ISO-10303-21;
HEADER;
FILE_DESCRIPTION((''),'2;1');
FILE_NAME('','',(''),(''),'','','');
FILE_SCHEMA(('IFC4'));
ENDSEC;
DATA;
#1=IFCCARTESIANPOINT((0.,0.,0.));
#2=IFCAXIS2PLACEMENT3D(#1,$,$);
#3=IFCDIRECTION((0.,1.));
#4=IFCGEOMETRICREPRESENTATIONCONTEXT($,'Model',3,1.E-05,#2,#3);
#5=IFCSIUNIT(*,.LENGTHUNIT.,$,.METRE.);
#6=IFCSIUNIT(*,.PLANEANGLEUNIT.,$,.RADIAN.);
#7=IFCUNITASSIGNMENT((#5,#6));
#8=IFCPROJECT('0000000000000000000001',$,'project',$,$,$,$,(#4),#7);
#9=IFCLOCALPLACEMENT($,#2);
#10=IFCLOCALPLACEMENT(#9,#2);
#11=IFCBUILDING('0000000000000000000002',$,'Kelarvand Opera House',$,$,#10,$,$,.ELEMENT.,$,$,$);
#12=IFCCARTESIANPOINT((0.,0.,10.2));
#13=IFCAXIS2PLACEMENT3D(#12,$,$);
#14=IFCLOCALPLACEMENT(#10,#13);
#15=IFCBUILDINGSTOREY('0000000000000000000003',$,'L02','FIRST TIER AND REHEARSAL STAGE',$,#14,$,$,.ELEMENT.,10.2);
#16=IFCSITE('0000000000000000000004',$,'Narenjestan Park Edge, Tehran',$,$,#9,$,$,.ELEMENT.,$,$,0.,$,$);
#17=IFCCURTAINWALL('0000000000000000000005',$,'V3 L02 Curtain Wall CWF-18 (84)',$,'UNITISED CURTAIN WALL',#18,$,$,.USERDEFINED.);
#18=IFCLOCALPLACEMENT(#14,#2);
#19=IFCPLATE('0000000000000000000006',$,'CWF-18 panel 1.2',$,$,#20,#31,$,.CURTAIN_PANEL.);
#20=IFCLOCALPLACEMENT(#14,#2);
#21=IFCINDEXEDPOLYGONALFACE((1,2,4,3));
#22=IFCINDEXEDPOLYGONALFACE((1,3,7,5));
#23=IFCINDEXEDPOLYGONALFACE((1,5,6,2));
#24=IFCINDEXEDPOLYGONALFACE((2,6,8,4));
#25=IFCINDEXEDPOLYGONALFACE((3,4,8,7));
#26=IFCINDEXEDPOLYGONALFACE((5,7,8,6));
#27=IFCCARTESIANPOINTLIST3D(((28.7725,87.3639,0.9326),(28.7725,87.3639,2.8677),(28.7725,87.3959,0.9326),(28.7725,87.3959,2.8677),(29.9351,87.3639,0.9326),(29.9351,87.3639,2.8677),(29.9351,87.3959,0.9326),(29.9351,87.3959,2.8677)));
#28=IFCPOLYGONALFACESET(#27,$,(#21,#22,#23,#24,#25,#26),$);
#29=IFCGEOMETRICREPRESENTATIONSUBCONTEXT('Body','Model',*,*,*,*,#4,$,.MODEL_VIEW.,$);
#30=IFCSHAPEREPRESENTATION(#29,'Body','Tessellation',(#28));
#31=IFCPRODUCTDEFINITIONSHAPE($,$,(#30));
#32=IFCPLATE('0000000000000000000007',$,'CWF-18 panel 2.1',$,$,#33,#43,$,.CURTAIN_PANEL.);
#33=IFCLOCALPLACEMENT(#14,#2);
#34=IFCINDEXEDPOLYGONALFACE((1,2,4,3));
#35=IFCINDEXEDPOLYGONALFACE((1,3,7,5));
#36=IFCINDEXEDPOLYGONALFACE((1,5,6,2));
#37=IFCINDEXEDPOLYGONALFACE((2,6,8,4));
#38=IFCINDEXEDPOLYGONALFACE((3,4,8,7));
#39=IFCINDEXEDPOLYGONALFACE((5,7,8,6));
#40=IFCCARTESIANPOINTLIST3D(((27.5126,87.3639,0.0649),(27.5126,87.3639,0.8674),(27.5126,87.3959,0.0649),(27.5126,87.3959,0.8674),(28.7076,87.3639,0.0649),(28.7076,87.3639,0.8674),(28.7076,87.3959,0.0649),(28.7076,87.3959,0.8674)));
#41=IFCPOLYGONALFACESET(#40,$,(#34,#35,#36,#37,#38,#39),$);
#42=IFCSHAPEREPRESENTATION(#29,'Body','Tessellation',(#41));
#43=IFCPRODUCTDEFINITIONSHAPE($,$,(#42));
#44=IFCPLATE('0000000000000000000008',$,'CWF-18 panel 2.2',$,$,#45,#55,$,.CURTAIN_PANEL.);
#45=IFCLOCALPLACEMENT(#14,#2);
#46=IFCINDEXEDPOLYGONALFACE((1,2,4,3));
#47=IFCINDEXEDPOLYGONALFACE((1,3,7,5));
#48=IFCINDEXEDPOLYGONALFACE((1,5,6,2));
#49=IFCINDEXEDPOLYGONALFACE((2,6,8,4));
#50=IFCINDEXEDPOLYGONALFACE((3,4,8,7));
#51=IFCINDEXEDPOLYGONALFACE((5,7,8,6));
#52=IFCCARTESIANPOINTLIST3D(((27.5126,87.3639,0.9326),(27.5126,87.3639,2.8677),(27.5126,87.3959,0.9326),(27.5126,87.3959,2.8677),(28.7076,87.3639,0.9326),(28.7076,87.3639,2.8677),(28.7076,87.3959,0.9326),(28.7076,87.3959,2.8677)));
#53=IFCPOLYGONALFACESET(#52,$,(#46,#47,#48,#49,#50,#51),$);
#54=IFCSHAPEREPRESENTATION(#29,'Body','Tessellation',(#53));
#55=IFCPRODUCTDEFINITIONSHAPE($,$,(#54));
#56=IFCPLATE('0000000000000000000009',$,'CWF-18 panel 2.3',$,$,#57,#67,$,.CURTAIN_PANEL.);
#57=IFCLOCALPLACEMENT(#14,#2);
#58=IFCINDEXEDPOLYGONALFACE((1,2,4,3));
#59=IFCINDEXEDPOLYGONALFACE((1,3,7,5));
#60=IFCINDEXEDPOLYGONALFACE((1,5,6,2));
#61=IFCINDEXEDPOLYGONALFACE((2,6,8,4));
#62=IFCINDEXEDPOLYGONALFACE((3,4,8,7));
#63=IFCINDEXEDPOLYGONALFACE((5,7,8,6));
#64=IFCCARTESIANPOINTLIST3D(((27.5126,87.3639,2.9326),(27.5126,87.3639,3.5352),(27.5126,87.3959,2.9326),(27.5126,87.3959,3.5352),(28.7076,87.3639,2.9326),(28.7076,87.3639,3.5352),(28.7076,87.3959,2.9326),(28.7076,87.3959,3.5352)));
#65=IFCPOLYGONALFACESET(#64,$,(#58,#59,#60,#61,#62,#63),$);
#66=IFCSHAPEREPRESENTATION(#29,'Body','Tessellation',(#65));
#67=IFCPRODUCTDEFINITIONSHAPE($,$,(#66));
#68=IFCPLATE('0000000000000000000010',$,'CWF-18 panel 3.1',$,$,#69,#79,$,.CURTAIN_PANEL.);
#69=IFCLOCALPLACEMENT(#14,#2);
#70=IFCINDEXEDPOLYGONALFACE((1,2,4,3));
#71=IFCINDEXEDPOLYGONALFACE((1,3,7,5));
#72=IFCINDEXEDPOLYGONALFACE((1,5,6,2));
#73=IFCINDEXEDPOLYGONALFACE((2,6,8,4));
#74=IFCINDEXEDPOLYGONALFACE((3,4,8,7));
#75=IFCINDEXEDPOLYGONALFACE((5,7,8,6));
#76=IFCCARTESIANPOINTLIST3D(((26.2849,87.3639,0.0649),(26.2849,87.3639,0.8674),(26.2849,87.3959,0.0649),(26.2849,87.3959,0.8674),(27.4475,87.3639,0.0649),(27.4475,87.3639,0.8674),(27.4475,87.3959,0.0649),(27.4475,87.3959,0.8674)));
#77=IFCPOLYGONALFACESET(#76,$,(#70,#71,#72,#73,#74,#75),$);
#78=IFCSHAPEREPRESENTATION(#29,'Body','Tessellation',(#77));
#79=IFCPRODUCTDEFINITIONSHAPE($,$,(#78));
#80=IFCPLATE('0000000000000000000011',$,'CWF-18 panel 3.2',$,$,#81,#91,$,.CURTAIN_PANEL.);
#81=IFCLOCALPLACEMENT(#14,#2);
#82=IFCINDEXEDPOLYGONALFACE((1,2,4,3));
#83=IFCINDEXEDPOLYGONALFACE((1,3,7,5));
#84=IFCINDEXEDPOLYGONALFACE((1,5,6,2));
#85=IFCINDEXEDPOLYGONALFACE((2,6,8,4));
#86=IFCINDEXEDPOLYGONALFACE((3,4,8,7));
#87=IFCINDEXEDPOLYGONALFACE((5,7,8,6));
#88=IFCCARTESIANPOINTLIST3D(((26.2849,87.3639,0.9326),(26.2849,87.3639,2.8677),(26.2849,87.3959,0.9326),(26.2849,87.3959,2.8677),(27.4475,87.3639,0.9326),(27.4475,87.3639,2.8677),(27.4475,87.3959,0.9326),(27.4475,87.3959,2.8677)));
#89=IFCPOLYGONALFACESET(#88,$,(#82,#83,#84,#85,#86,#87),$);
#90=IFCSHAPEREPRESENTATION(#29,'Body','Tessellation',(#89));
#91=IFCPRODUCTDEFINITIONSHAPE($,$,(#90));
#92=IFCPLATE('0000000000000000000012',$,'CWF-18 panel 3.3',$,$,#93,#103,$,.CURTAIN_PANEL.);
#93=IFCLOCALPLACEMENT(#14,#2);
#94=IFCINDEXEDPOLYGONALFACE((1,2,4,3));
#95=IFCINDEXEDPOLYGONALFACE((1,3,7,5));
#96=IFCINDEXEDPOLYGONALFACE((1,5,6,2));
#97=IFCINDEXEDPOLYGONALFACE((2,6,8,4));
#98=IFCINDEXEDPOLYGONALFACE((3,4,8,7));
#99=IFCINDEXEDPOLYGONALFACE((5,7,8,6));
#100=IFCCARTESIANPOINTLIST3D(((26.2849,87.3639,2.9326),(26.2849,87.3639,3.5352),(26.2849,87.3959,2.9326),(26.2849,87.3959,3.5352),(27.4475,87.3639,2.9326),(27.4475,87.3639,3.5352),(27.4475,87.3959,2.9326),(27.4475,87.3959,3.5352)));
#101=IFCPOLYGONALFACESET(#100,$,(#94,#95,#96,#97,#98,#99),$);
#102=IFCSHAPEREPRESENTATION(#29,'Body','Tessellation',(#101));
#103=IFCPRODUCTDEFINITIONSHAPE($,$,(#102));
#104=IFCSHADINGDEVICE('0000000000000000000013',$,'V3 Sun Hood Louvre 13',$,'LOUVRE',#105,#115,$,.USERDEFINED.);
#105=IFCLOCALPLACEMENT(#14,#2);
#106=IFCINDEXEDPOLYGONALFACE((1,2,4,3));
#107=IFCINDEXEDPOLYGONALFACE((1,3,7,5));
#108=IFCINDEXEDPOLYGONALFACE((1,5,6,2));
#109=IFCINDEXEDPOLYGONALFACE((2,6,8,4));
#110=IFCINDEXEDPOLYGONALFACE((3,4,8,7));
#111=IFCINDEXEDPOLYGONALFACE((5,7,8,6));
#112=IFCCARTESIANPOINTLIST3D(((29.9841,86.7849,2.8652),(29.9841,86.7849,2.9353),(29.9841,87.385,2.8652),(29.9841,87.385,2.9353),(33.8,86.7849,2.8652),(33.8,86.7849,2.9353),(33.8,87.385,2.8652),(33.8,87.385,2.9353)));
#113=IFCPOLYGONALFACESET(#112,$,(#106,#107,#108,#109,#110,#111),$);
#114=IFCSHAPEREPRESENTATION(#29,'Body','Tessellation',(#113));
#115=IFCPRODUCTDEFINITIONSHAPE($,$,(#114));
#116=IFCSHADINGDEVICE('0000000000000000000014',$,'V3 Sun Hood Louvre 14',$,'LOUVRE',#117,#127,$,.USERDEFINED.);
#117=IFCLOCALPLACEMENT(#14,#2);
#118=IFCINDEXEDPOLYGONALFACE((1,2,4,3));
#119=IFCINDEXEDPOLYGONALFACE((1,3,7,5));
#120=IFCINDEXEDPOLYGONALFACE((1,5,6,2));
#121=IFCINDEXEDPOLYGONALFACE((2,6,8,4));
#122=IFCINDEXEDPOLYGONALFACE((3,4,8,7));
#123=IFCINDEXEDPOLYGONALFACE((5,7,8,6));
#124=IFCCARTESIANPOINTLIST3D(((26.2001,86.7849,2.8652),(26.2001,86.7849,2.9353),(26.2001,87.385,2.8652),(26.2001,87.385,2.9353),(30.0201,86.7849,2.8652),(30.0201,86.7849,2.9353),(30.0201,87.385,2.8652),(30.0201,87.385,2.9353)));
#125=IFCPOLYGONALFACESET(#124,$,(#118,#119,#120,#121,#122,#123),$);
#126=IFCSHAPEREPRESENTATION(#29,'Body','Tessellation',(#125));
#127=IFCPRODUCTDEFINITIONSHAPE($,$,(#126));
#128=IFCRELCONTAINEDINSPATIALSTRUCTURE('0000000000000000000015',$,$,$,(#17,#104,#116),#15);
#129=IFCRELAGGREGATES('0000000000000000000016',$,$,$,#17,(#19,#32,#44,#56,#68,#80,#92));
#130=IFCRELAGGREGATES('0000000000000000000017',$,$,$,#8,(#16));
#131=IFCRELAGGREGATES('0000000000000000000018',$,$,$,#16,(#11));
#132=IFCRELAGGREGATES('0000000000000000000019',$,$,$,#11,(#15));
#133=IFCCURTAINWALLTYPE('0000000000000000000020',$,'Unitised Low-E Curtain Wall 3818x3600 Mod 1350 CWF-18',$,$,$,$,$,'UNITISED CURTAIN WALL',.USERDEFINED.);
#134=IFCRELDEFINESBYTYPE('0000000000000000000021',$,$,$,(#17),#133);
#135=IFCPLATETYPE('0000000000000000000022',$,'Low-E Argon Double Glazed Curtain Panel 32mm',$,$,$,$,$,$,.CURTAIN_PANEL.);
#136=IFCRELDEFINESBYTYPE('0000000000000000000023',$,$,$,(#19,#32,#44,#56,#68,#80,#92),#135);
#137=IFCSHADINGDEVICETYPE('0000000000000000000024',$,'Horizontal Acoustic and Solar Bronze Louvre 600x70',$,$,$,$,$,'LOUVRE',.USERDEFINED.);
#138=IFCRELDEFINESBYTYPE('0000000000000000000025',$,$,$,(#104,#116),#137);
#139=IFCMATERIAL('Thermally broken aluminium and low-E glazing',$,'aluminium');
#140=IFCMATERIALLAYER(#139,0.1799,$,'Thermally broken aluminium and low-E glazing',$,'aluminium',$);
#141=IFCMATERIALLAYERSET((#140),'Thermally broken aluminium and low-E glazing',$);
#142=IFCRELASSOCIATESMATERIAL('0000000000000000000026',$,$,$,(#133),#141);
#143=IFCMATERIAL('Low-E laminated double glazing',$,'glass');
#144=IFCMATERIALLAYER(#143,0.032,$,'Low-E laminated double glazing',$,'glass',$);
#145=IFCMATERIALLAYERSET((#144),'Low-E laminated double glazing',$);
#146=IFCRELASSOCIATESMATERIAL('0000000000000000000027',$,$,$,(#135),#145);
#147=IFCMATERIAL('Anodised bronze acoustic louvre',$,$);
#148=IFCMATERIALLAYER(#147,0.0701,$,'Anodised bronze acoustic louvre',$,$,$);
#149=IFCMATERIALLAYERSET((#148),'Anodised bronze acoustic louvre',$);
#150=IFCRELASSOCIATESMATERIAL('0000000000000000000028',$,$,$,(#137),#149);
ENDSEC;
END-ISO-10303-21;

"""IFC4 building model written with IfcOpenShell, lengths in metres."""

from ifc_helpers import new_model, si_unit, direction, frame, origin, origin_2d, place, context, subcontext, project, spatial, rectangle, extrude, material, layer, layer_set, type_object, element, aggregate, save


model = new_model("IFC4")

# Units and contexts
model_context = context("Model", 3, precision=1e-05, world=origin(), true_north=direction((0.0, 1.0)))
body_context = subcontext(model_context, "Body", "Model", "MODEL_VIEW")
ifc_project = project(units=[si_unit("LENGTHUNIT", "METRE"), si_unit("PLANEANGLEUNIT", "RADIAN")], contexts=[model_context])

# Site, building, storey
site_placement = place(None, origin())
site = spatial("IfcSite", under=ifc_project, at=site_placement, Name="Narenjestan Park Edge, Tehran", CompositionType="ELEMENT", RefElevation=0.0)
building_placement = place(site_placement, origin())
building = spatial("IfcBuilding", under=site, at=building_placement, Name="Kelarvand Opera House", CompositionType="ELEMENT")
storey_placement = place(building_placement, frame((0.0, 0.0, 10.2)))
storey = spatial("IfcBuildingStorey", under=building, at=storey_placement, Name="L02", Description="FIRST TIER AND REHEARSAL STAGE", CompositionType="ELEMENT", Elevation=10.2)

# Curtain wall
ifc_material_1 = material(Name="Thermally broken aluminium and low-E glazing", Category="aluminium")
ifc_layer_1 = layer(ifc_material_1, 0.1799, Name="Thermally broken aluminium and low-E glazing", Category="aluminium")
ifc_layer_set_1 = layer_set([ifc_layer_1], Name="Thermally broken aluminium and low-E glazing")
curtain_wall_type = type_object("IfcCurtainWallType", Name="Unitised Low-E Curtain Wall 3818x3600 Mod 1350 CWF-18", ElementType="UNITISED CURTAIN WALL", PredefinedType="USERDEFINED", material=ifc_layer_set_1)
curtain_wall_placement = place(storey_placement, origin())
curtain_wall = element("IfcCurtainWall", 1, at=curtain_wall_placement, inside=storey, type_object=curtain_wall_type, Name="V3 L02 Curtain Wall CWF-18 (84)", ObjectType="UNITISED CURTAIN WALL", PredefinedType="USERDEFINED")

# Plates
ifc_material_2 = material(Name="Low-E laminated double glazing", Category="glass")
ifc_layer_2 = layer(ifc_material_2, 0.032, Name="Low-E laminated double glazing", Category="glass")
ifc_layer_set_2 = layer_set([ifc_layer_2], Name="Low-E laminated double glazing")
plate_type = type_object("IfcPlateType", Name="Low-E Argon Double Glazed Curtain Panel 32mm", PredefinedType="CURTAIN_PANEL", material=ifc_layer_set_2)
plate_1_placement = place(storey_placement, frame((29.3538, 87.3799, 0.9326), z_axis=(0.0, 0.0, 1.0), x_axis=(-1.0, 0.0, 0.0)))
plate_1 = element("IfcPlate", 2, at=plate_1_placement, type_object=plate_type, Name="CWF-18 panel 1.2", PredefinedType="CURTAIN_PANEL", context=body_context, shape_type="SweptSolid", body=[
    extrude(rectangle(XDim=1.1626, YDim=0.032, at=origin_2d()), origin(), (0.0, 0.0, 1.0), 1.9351),
])
plate_2_placement = place(storey_placement, frame((28.1101, 87.3799, 0.0649), z_axis=(0.0, 0.0, 1.0), x_axis=(-1.0, 0.0, 0.0)))
plate_2 = element("IfcPlate", 3, at=plate_2_placement, type_object=plate_type, Name="CWF-18 panel 2.1", PredefinedType="CURTAIN_PANEL", context=body_context, shape_type="SweptSolid", body=[
    extrude(rectangle(XDim=1.1951, YDim=0.032, at=origin_2d()), origin(), (0.0, 0.0, 1.0), 0.8025),
])
plate_3_placement = place(storey_placement, frame((28.1101, 87.3799, 0.9326), z_axis=(0.0, 0.0, 1.0), x_axis=(-1.0, 0.0, 0.0)))
plate_3 = element("IfcPlate", 4, at=plate_3_placement, type_object=plate_type, Name="CWF-18 panel 2.2", PredefinedType="CURTAIN_PANEL", context=body_context, shape_type="SweptSolid", body=[
    extrude(rectangle(XDim=1.1951, YDim=0.032, at=origin_2d()), origin(), (0.0, 0.0, 1.0), 1.9351),
])
plate_4_placement = place(storey_placement, frame((28.1101, 87.3799, 2.9326), z_axis=(0.0, 0.0, 1.0), x_axis=(-1.0, 0.0, 0.0)))
plate_4 = element("IfcPlate", 5, at=plate_4_placement, type_object=plate_type, Name="CWF-18 panel 2.3", PredefinedType="CURTAIN_PANEL", context=body_context, shape_type="SweptSolid", body=[
    extrude(rectangle(XDim=1.1951, YDim=0.032, at=origin_2d()), origin(), (0.0, 0.0, 1.0), 0.6025),
])
plate_5_placement = place(storey_placement, frame((26.8662, 87.3799, 0.0649), z_axis=(0.0, 0.0, 1.0), x_axis=(-1.0, 0.0, 0.0)))
plate_5 = element("IfcPlate", 6, at=plate_5_placement, type_object=plate_type, Name="CWF-18 panel 3.1", PredefinedType="CURTAIN_PANEL", context=body_context, shape_type="SweptSolid", body=[
    extrude(rectangle(XDim=1.1626, YDim=0.032, at=origin_2d()), origin(), (0.0, 0.0, 1.0), 0.8025),
])
plate_6_placement = place(storey_placement, frame((26.8662, 87.3799, 0.9326), z_axis=(0.0, 0.0, 1.0), x_axis=(-1.0, 0.0, 0.0)))
plate_6 = element("IfcPlate", 7, at=plate_6_placement, type_object=plate_type, Name="CWF-18 panel 3.2", PredefinedType="CURTAIN_PANEL", context=body_context, shape_type="SweptSolid", body=[
    extrude(rectangle(XDim=1.1626, YDim=0.032, at=origin_2d()), origin(), (0.0, 0.0, 1.0), 1.9351),
])
plate_7_placement = place(storey_placement, frame((26.8662, 87.3799, 2.9326), z_axis=(0.0, 0.0, 1.0), x_axis=(-1.0, 0.0, 0.0)))
plate_7 = element("IfcPlate", 8, at=plate_7_placement, type_object=plate_type, Name="CWF-18 panel 3.3", PredefinedType="CURTAIN_PANEL", context=body_context, shape_type="SweptSolid", body=[
    extrude(rectangle(XDim=1.1626, YDim=0.032, at=origin_2d()), origin(), (0.0, 0.0, 1.0), 0.6025),
])
aggregate(curtain_wall, [plate_1, plate_2, plate_3, plate_4, plate_5, plate_6, plate_7])

# Shading devices
ifc_material_3 = material(Name="Anodised bronze acoustic louvre")
ifc_layer_3 = layer(ifc_material_3, 0.0701, Name="Anodised bronze acoustic louvre")
ifc_layer_set_3 = layer_set([ifc_layer_3], Name="Anodised bronze acoustic louvre")
shading_device_type = type_object("IfcShadingDeviceType", Name="Horizontal Acoustic and Solar Bronze Louvre 600x70", ElementType="LOUVRE", PredefinedType="USERDEFINED", material=ifc_layer_set_3)
shading_device_1_placement = place(storey_placement, frame((31.8921, 87.085, 2.8652), z_axis=(0.0, 0.0, 1.0), x_axis=(-1.0, 0.0, 0.0)))
element("IfcShadingDevice", 9, at=shading_device_1_placement, inside=storey, type_object=shading_device_type, Name="V3 Sun Hood Louvre 13", ObjectType="LOUVRE", PredefinedType="USERDEFINED", context=body_context, shape_type="SweptSolid", body=[
    extrude(rectangle(XDim=3.8159, YDim=0.6001, at=origin_2d()), origin(), (0.0, 0.0, 1.0), 0.0701),
])
shading_device_2_placement = place(storey_placement, frame((28.1101, 87.085, 2.8652), z_axis=(0.0, 0.0, 1.0), x_axis=(-1.0, 0.0, 0.0)))
element("IfcShadingDevice", 10, at=shading_device_2_placement, inside=storey, type_object=shading_device_type, Name="V3 Sun Hood Louvre 14", ObjectType="LOUVRE", PredefinedType="USERDEFINED", context=body_context, shape_type="SweptSolid", body=[
    extrude(rectangle(XDim=3.8201, YDim=0.6001, at=origin_2d()), origin(), (0.0, 0.0, 1.0), 0.0701),
])

save(model, "model.ifc")
